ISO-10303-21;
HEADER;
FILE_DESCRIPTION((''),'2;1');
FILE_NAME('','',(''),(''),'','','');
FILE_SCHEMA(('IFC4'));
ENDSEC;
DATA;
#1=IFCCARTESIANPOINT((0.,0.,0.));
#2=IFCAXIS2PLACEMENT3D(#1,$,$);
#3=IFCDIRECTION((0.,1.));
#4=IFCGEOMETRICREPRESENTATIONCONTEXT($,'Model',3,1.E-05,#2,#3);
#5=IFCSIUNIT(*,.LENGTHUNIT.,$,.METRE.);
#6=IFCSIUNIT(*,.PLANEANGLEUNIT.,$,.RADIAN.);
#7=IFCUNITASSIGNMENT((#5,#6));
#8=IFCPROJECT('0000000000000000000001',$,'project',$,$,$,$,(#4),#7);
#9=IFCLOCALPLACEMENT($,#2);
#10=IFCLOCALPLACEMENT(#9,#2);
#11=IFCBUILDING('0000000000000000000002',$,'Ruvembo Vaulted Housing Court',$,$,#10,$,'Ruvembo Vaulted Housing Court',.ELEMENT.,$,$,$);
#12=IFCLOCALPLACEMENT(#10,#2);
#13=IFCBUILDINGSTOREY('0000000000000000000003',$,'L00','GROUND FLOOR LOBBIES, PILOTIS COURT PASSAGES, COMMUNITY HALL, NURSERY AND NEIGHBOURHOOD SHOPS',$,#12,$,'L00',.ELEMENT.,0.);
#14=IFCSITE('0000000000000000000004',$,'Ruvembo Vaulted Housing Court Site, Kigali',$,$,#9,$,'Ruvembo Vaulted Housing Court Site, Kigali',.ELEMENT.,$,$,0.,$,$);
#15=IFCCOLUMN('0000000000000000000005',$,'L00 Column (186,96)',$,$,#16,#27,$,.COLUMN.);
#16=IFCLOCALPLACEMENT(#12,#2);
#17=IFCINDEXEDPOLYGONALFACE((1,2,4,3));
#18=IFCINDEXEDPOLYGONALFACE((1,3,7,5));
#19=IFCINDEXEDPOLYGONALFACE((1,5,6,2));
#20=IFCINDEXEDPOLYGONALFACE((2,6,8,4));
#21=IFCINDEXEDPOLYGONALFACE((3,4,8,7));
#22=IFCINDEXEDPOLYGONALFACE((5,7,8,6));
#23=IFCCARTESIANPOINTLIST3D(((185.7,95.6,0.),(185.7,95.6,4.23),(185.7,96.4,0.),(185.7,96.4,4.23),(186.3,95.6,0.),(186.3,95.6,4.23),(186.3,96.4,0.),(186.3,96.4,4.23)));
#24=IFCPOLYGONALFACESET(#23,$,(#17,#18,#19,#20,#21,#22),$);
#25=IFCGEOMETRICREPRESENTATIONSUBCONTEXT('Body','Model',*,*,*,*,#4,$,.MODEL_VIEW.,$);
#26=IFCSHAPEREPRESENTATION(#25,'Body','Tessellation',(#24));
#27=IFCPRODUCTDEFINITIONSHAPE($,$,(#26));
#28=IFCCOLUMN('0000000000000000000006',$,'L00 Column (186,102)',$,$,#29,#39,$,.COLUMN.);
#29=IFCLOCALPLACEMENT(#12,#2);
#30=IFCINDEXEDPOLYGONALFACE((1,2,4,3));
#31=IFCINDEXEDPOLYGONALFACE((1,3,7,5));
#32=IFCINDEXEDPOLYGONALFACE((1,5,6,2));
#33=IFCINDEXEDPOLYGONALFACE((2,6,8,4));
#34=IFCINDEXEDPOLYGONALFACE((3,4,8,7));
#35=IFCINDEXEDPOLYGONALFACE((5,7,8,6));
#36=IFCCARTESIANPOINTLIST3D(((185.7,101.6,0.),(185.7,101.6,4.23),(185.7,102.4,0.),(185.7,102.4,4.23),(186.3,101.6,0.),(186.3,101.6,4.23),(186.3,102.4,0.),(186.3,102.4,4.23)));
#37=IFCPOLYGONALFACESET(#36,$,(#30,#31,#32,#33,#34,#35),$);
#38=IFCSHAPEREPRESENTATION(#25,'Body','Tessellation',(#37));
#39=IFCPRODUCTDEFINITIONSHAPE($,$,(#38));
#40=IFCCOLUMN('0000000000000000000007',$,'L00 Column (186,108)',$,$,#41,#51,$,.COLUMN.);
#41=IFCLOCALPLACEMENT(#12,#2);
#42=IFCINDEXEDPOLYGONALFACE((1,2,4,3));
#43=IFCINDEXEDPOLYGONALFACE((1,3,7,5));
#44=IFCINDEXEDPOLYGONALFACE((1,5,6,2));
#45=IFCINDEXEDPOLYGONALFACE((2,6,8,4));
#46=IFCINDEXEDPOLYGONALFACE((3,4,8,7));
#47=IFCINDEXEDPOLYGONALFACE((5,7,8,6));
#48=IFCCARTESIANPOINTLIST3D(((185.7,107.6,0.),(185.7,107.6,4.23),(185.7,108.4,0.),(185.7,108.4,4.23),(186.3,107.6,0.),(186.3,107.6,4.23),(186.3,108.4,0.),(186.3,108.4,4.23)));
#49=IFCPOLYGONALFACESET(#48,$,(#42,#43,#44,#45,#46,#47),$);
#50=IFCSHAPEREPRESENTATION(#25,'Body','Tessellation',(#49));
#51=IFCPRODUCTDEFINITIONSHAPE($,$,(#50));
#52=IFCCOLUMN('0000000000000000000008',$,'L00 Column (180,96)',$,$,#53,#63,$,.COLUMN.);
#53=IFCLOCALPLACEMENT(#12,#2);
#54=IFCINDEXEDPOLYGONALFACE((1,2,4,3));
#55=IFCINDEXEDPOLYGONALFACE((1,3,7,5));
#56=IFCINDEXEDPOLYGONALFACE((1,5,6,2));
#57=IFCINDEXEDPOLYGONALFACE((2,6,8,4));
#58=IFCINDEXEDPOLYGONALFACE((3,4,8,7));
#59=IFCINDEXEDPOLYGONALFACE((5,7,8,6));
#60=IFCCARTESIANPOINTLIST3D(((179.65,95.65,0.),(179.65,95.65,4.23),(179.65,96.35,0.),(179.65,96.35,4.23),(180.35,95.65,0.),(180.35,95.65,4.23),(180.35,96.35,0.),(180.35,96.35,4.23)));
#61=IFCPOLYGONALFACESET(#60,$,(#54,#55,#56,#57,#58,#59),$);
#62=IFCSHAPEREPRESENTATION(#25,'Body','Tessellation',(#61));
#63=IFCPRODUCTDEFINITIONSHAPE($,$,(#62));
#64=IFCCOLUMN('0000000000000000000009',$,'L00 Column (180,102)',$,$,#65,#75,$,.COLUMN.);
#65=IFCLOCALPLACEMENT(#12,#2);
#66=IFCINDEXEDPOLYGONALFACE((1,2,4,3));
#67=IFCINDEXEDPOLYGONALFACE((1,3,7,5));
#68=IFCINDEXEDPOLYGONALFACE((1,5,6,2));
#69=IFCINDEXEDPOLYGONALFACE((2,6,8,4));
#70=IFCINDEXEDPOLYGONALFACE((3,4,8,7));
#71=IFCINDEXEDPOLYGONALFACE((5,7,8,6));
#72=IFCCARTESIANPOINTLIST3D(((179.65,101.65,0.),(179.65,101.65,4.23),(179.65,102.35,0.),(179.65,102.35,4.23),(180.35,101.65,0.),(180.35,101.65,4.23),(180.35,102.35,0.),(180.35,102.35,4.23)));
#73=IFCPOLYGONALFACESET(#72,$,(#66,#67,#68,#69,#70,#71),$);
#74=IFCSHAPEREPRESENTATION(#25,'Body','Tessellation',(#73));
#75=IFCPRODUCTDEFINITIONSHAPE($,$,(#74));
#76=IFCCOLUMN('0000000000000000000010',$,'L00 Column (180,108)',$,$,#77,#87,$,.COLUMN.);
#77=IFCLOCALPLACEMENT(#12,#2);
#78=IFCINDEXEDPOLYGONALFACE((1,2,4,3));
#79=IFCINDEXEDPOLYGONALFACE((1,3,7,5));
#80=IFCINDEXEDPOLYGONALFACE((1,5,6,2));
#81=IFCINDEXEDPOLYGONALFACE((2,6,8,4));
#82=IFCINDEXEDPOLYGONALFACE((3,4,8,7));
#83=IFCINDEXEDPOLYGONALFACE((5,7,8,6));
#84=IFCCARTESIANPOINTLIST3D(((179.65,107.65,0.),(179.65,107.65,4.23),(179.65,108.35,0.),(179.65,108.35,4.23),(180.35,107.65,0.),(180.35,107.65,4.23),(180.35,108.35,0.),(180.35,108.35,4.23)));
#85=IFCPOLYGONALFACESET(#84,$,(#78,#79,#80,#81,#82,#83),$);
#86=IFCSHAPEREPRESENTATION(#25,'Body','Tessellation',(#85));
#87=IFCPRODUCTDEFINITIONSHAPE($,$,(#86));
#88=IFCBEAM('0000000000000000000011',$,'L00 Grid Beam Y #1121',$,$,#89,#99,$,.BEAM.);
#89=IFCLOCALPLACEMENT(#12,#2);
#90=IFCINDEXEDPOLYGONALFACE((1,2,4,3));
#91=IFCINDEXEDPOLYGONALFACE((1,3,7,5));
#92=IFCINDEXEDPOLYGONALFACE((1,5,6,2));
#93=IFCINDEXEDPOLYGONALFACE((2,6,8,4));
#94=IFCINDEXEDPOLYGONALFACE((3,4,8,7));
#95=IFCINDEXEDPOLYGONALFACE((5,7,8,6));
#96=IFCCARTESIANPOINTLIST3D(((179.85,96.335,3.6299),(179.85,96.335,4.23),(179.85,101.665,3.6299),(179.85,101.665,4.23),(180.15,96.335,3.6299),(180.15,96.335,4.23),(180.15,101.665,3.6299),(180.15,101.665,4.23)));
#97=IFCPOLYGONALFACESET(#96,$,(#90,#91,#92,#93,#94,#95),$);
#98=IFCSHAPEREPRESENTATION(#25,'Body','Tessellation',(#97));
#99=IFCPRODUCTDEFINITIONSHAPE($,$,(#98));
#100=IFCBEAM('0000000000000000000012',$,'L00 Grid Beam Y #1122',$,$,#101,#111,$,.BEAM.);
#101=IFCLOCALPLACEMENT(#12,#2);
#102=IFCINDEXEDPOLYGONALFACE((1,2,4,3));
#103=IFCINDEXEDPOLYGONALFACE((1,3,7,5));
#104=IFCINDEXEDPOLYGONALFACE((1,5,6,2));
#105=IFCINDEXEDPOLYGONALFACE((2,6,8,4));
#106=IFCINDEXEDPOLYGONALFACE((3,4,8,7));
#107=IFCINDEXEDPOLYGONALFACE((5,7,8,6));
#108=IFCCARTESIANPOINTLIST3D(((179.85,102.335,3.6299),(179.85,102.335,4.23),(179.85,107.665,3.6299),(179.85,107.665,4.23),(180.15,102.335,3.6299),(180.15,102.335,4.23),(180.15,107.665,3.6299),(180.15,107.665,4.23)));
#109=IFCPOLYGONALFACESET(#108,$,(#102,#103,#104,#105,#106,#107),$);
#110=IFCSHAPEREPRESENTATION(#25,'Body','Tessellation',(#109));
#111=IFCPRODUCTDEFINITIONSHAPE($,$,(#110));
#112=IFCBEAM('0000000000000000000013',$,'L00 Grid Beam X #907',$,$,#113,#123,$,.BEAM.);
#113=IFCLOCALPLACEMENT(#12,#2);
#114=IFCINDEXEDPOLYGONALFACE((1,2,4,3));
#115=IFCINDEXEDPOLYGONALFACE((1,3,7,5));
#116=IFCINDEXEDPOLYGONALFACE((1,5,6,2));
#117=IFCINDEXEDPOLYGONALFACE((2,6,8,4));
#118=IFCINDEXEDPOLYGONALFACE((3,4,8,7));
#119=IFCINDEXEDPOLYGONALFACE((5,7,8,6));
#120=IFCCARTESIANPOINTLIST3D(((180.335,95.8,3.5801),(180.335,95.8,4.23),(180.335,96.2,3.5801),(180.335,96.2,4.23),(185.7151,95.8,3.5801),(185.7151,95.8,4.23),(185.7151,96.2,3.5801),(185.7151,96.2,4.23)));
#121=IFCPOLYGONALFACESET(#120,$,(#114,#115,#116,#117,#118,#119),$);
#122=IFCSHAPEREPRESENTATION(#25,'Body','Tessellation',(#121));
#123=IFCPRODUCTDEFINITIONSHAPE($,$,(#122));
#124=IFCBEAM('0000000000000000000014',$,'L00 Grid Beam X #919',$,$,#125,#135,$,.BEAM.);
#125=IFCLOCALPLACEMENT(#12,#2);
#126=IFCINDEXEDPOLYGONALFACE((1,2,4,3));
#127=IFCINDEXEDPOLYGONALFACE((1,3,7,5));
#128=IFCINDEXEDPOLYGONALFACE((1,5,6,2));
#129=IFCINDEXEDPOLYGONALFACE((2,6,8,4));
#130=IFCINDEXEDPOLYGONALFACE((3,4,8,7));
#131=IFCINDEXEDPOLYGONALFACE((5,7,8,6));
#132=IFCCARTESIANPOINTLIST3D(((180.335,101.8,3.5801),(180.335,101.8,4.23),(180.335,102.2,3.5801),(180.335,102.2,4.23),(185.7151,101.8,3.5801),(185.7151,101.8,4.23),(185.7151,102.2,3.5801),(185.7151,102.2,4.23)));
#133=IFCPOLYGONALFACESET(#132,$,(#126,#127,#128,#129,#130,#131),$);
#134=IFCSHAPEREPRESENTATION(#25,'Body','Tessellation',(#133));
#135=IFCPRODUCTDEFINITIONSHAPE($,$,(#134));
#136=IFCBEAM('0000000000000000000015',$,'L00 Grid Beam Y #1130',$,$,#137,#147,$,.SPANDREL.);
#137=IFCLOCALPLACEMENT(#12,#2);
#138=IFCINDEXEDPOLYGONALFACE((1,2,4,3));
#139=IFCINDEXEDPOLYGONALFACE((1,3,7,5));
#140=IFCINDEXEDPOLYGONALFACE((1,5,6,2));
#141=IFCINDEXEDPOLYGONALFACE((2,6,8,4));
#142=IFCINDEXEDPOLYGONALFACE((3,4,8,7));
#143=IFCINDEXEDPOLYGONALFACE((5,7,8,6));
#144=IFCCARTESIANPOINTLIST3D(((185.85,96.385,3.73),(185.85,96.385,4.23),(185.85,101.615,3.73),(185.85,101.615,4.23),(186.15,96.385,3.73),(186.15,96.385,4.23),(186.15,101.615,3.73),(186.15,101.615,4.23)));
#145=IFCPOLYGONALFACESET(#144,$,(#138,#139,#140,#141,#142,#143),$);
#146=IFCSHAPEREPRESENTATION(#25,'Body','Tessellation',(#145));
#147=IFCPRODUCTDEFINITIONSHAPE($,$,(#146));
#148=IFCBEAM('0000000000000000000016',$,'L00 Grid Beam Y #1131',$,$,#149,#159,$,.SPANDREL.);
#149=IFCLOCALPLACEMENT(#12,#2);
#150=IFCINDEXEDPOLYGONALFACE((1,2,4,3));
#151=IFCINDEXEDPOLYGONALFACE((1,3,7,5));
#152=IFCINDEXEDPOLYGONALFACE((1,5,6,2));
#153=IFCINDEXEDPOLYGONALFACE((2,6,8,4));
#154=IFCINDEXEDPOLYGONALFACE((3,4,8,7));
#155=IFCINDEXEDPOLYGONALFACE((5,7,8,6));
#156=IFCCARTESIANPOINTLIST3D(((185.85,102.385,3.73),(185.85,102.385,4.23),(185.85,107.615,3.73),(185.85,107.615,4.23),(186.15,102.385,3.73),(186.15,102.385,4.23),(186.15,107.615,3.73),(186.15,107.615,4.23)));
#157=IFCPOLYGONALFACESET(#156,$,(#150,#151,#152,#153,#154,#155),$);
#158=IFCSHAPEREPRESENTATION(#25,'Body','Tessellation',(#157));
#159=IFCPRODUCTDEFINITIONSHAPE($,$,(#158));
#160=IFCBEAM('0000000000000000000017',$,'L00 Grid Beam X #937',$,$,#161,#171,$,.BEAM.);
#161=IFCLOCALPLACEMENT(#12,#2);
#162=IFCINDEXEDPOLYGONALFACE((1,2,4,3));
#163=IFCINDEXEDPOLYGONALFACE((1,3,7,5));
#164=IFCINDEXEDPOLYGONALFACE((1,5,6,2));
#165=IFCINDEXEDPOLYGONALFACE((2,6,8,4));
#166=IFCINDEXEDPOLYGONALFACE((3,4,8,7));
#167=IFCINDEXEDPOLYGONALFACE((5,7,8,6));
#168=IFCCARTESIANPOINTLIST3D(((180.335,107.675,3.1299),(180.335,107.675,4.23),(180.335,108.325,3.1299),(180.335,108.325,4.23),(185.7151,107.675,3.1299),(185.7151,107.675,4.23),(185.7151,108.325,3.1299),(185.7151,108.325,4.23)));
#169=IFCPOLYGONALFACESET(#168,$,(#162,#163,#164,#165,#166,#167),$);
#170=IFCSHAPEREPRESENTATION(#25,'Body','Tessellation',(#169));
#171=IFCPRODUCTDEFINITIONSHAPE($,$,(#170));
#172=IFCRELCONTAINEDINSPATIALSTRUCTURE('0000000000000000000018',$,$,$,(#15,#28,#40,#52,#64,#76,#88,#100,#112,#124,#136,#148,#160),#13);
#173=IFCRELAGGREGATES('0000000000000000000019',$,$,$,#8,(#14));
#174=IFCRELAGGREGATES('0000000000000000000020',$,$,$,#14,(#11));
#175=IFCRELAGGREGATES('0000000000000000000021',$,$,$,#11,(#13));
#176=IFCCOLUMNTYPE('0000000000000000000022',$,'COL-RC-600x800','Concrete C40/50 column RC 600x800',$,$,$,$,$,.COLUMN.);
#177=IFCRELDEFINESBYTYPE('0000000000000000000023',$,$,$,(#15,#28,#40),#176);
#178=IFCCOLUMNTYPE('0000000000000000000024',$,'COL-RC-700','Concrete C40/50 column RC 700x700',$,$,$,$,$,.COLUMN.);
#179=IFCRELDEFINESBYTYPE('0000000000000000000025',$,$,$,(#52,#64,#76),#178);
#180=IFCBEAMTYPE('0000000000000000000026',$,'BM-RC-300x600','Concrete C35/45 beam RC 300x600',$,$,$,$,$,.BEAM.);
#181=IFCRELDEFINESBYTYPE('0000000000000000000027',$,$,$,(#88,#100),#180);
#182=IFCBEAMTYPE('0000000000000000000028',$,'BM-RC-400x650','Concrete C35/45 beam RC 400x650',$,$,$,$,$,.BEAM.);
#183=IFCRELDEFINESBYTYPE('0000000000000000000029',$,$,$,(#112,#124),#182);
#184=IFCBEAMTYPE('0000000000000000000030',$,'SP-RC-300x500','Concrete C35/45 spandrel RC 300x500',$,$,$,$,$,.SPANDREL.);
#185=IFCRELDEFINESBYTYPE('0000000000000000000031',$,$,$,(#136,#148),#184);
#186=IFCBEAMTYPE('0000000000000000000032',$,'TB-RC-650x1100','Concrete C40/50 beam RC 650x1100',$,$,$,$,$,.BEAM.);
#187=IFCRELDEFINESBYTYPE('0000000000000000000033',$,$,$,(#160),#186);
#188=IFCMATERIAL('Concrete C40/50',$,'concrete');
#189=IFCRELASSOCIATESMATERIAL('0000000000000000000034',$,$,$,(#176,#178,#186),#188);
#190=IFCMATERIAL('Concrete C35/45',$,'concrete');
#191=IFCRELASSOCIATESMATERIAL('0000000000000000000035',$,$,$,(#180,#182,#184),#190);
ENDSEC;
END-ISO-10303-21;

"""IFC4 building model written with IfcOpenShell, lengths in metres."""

from ifc_helpers import new_model, si_unit, direction, frame, origin, origin_2d, place, context, subcontext, project, spatial, rectangle, extrude, material, material_profile, profile_set, type_object, element, save


model = new_model("IFC4")

# Units and contexts
model_context = context("Model", 3, precision=1e-05, world=origin(), true_north=direction((0.0, 1.0)))
body_context = subcontext(model_context, "Body", "Model", "MODEL_VIEW")
ifc_project = project(units=[si_unit("LENGTHUNIT", "METRE"), si_unit("PLANEANGLEUNIT", "RADIAN")], contexts=[model_context])

# Site, building, storey
site_placement = place(None, origin())
site = spatial("IfcSite", under=ifc_project, at=site_placement, Name="Ruvembo Vaulted Housing Court Site, Kigali", LongName="Ruvembo Vaulted Housing Court Site, Kigali", CompositionType="ELEMENT", RefElevation=0.0)
building_placement = place(site_placement, origin())
building = spatial("IfcBuilding", under=site, at=building_placement, Name="Ruvembo Vaulted Housing Court", LongName="Ruvembo Vaulted Housing Court", CompositionType="ELEMENT")
storey_placement = place(building_placement, origin())
storey = spatial("IfcBuildingStorey", under=building, at=storey_placement, Name="L00", Description="GROUND FLOOR LOBBIES, PILOTIS COURT PASSAGES, COMMUNITY HALL, NURSERY AND NEIGHBOURHOOD SHOPS", LongName="L00", CompositionType="ELEMENT", Elevation=0.0)

# Columns
ifc_material_1 = material(Name="Concrete C40/50", Category="concrete")
ifc_material_profile_1 = material_profile(ifc_material_1, rectangle(XDim=0.6001, YDim=0.8, at=origin_2d()), Name="RC 600x800")
ifc_profile_set_1 = profile_set([ifc_material_profile_1], Name="Concrete C40/50")
column_type_1 = type_object("IfcColumnType", Name="COL-RC-600x800", Description="Concrete C40/50 column RC 600x800", PredefinedType="COLUMN", material=ifc_profile_set_1)
for number, where, z_axis, x_axis, name in (
    (1, (186.0, 96.0, 0.0), (0.0, 0.0, 1.0), (1.0, 0.0, 0.0), "L00 Column (186,96)"),
    (2, (186.0, 102.0, 0.0), (0.0, 0.0, 1.0), (1.0, 0.0, 0.0), "L00 Column (186,102)"),
    (3, (186.0, 108.0, 0.0), (0.0, 0.0, 1.0), (1.0, 0.0, 0.0), "L00 Column (186,108)"),
):
    element("IfcColumn", number, at=place(storey_placement, frame(where, z_axis=z_axis, x_axis=x_axis)), inside=storey, type_object=column_type_1, Name=name, PredefinedType="COLUMN", context=body_context, shape_type="SweptSolid", body=[
        extrude(rectangle(XDim=0.6001, YDim=0.8, at=origin_2d()), origin(), (0.0, 0.0, 1.0), 4.23),
    ])
ifc_material_profile_2 = material_profile(ifc_material_1, rectangle(XDim=0.7, YDim=0.7, at=origin_2d()), Name="RC 700x700")
ifc_profile_set_2 = profile_set([ifc_material_profile_2], Name="Concrete C40/50")
column_type_2 = type_object("IfcColumnType", Name="COL-RC-700", Description="Concrete C40/50 column RC 700x700", PredefinedType="COLUMN", material=ifc_profile_set_2)
for number, where, z_axis, x_axis, name in (
    (4, (180.0, 96.0, 0.0), (0.0, 0.0, 1.0), (1.0, 0.0, 0.0), "L00 Column (180,96)"),
    (5, (180.0, 102.0, 0.0), (0.0, 0.0, 1.0), (1.0, 0.0, 0.0), "L00 Column (180,102)"),
    (6, (180.0, 108.0, 0.0), (0.0, 0.0, 1.0), (1.0, 0.0, 0.0), "L00 Column (180,108)"),
):
    element("IfcColumn", number, at=place(storey_placement, frame(where, z_axis=z_axis, x_axis=x_axis)), inside=storey, type_object=column_type_2, Name=name, PredefinedType="COLUMN", context=body_context, shape_type="SweptSolid", body=[
        extrude(rectangle(XDim=0.7, YDim=0.7, at=origin_2d()), origin(), (0.0, 0.0, 1.0), 4.23),
    ])

# Beams
ifc_material_2 = material(Name="Concrete C35/45", Category="concrete")
ifc_material_profile_3 = material_profile(ifc_material_2, rectangle(XDim=0.3, YDim=0.6001, at=origin_2d()), Name="RC 300x600")
ifc_profile_set_3 = profile_set([ifc_material_profile_3], Name="Concrete C35/45")
beam_type_1 = type_object("IfcBeamType", Name="BM-RC-300x600", Description="Concrete C35/45 beam RC 300x600", PredefinedType="BEAM", material=ifc_profile_set_3)
for number, where, z_axis, x_axis, name in (
    (7, (180.0, 96.335, 3.9299), (0.0, 1.0, 0.0), (-1.0, 0.0, 0.0), "L00 Grid Beam Y #1121"),
    (8, (180.0, 102.335, 3.9299), (0.0, 1.0, 0.0), (-1.0, 0.0, 0.0), "L00 Grid Beam Y #1122"),
):
    element("IfcBeam", number, at=place(storey_placement, frame(where, z_axis=z_axis, x_axis=x_axis)), inside=storey, type_object=beam_type_1, Name=name, PredefinedType="BEAM", context=body_context, shape_type="SweptSolid", body=[
        extrude(rectangle(XDim=0.3, YDim=0.6001, at=origin_2d()), origin(), (0.0, 0.0, 1.0), 5.3301),
    ])
ifc_material_profile_4 = material_profile(ifc_material_2, rectangle(XDim=0.3999, YDim=0.6499, at=origin_2d()), Name="RC 400x650")
ifc_profile_set_4 = profile_set([ifc_material_profile_4], Name="Concrete C35/45")
beam_type_2 = type_object("IfcBeamType", Name="BM-RC-400x650", Description="Concrete C35/45 beam RC 400x650", PredefinedType="BEAM", material=ifc_profile_set_4)
for number, where, z_axis, x_axis, name in (
    (9, (180.335, 96.0, 3.905), (1.0, 0.0, 0.0), (0.0, 1.0, 0.0), "L00 Grid Beam X #907"),
    (10, (180.335, 102.0, 3.905), (1.0, 0.0, 0.0), (0.0, 1.0, 0.0), "L00 Grid Beam X #919"),
):
    element("IfcBeam", number, at=place(storey_placement, frame(where, z_axis=z_axis, x_axis=x_axis)), inside=storey, type_object=beam_type_2, Name=name, PredefinedType="BEAM", context=body_context, shape_type="SweptSolid", body=[
        extrude(rectangle(XDim=0.3999, YDim=0.6499, at=origin_2d()), origin(), (0.0, 0.0, 1.0), 5.3801),
    ])
ifc_material_profile_5 = material_profile(ifc_material_2, rectangle(XDim=0.3, YDim=0.5, at=origin_2d()), Name="RC 300x500")
ifc_profile_set_5 = profile_set([ifc_material_profile_5], Name="Concrete C35/45")
beam_type_3 = type_object("IfcBeamType", Name="SP-RC-300x500", Description="Concrete C35/45 spandrel RC 300x500", PredefinedType="SPANDREL", material=ifc_profile_set_5)
for number, where, z_axis, x_axis, name in (
    (11, (186.0, 96.385, 3.98), (0.0, 1.0, 0.0), (-1.0, 0.0, 0.0), "L00 Grid Beam Y #1130"),
    (12, (186.0, 102.385, 3.98), (0.0, 1.0, 0.0), (-1.0, 0.0, 0.0), "L00 Grid Beam Y #1131"),
):
    element("IfcBeam", number, at=place(storey_placement, frame(where, z_axis=z_axis, x_axis=x_axis)), inside=storey, type_object=beam_type_3, Name=name, PredefinedType="SPANDREL", context=body_context, shape_type="SweptSolid", body=[
        extrude(rectangle(XDim=0.3, YDim=0.5, at=origin_2d()), origin(), (0.0, 0.0, 1.0), 5.23),
    ])
ifc_material_profile_6 = material_profile(ifc_material_1, rectangle(XDim=0.6499, YDim=1.1001, at=origin_2d()), Name="RC 650x1100")
ifc_profile_set_6 = profile_set([ifc_material_profile_6], Name="Concrete C40/50")
beam_type_4 = type_object("IfcBeamType", Name="TB-RC-650x1100", Description="Concrete C40/50 beam RC 650x1100", PredefinedType="BEAM", material=ifc_profile_set_6)
beam_placement = place(storey_placement, frame((180.335, 108.0, 3.6799), z_axis=(1.0, 0.0, 0.0), x_axis=(0.0, 1.0, 0.0)))
element("IfcBeam", 13, at=beam_placement, inside=storey, type_object=beam_type_4, Name="L00 Grid Beam X #937", PredefinedType="BEAM", context=body_context, shape_type="SweptSolid", body=[
    extrude(rectangle(XDim=0.6499, YDim=1.1001, at=origin_2d()), origin(), (0.0, 0.0, 1.0), 5.3801),
])

save(model, "model.ifc")
